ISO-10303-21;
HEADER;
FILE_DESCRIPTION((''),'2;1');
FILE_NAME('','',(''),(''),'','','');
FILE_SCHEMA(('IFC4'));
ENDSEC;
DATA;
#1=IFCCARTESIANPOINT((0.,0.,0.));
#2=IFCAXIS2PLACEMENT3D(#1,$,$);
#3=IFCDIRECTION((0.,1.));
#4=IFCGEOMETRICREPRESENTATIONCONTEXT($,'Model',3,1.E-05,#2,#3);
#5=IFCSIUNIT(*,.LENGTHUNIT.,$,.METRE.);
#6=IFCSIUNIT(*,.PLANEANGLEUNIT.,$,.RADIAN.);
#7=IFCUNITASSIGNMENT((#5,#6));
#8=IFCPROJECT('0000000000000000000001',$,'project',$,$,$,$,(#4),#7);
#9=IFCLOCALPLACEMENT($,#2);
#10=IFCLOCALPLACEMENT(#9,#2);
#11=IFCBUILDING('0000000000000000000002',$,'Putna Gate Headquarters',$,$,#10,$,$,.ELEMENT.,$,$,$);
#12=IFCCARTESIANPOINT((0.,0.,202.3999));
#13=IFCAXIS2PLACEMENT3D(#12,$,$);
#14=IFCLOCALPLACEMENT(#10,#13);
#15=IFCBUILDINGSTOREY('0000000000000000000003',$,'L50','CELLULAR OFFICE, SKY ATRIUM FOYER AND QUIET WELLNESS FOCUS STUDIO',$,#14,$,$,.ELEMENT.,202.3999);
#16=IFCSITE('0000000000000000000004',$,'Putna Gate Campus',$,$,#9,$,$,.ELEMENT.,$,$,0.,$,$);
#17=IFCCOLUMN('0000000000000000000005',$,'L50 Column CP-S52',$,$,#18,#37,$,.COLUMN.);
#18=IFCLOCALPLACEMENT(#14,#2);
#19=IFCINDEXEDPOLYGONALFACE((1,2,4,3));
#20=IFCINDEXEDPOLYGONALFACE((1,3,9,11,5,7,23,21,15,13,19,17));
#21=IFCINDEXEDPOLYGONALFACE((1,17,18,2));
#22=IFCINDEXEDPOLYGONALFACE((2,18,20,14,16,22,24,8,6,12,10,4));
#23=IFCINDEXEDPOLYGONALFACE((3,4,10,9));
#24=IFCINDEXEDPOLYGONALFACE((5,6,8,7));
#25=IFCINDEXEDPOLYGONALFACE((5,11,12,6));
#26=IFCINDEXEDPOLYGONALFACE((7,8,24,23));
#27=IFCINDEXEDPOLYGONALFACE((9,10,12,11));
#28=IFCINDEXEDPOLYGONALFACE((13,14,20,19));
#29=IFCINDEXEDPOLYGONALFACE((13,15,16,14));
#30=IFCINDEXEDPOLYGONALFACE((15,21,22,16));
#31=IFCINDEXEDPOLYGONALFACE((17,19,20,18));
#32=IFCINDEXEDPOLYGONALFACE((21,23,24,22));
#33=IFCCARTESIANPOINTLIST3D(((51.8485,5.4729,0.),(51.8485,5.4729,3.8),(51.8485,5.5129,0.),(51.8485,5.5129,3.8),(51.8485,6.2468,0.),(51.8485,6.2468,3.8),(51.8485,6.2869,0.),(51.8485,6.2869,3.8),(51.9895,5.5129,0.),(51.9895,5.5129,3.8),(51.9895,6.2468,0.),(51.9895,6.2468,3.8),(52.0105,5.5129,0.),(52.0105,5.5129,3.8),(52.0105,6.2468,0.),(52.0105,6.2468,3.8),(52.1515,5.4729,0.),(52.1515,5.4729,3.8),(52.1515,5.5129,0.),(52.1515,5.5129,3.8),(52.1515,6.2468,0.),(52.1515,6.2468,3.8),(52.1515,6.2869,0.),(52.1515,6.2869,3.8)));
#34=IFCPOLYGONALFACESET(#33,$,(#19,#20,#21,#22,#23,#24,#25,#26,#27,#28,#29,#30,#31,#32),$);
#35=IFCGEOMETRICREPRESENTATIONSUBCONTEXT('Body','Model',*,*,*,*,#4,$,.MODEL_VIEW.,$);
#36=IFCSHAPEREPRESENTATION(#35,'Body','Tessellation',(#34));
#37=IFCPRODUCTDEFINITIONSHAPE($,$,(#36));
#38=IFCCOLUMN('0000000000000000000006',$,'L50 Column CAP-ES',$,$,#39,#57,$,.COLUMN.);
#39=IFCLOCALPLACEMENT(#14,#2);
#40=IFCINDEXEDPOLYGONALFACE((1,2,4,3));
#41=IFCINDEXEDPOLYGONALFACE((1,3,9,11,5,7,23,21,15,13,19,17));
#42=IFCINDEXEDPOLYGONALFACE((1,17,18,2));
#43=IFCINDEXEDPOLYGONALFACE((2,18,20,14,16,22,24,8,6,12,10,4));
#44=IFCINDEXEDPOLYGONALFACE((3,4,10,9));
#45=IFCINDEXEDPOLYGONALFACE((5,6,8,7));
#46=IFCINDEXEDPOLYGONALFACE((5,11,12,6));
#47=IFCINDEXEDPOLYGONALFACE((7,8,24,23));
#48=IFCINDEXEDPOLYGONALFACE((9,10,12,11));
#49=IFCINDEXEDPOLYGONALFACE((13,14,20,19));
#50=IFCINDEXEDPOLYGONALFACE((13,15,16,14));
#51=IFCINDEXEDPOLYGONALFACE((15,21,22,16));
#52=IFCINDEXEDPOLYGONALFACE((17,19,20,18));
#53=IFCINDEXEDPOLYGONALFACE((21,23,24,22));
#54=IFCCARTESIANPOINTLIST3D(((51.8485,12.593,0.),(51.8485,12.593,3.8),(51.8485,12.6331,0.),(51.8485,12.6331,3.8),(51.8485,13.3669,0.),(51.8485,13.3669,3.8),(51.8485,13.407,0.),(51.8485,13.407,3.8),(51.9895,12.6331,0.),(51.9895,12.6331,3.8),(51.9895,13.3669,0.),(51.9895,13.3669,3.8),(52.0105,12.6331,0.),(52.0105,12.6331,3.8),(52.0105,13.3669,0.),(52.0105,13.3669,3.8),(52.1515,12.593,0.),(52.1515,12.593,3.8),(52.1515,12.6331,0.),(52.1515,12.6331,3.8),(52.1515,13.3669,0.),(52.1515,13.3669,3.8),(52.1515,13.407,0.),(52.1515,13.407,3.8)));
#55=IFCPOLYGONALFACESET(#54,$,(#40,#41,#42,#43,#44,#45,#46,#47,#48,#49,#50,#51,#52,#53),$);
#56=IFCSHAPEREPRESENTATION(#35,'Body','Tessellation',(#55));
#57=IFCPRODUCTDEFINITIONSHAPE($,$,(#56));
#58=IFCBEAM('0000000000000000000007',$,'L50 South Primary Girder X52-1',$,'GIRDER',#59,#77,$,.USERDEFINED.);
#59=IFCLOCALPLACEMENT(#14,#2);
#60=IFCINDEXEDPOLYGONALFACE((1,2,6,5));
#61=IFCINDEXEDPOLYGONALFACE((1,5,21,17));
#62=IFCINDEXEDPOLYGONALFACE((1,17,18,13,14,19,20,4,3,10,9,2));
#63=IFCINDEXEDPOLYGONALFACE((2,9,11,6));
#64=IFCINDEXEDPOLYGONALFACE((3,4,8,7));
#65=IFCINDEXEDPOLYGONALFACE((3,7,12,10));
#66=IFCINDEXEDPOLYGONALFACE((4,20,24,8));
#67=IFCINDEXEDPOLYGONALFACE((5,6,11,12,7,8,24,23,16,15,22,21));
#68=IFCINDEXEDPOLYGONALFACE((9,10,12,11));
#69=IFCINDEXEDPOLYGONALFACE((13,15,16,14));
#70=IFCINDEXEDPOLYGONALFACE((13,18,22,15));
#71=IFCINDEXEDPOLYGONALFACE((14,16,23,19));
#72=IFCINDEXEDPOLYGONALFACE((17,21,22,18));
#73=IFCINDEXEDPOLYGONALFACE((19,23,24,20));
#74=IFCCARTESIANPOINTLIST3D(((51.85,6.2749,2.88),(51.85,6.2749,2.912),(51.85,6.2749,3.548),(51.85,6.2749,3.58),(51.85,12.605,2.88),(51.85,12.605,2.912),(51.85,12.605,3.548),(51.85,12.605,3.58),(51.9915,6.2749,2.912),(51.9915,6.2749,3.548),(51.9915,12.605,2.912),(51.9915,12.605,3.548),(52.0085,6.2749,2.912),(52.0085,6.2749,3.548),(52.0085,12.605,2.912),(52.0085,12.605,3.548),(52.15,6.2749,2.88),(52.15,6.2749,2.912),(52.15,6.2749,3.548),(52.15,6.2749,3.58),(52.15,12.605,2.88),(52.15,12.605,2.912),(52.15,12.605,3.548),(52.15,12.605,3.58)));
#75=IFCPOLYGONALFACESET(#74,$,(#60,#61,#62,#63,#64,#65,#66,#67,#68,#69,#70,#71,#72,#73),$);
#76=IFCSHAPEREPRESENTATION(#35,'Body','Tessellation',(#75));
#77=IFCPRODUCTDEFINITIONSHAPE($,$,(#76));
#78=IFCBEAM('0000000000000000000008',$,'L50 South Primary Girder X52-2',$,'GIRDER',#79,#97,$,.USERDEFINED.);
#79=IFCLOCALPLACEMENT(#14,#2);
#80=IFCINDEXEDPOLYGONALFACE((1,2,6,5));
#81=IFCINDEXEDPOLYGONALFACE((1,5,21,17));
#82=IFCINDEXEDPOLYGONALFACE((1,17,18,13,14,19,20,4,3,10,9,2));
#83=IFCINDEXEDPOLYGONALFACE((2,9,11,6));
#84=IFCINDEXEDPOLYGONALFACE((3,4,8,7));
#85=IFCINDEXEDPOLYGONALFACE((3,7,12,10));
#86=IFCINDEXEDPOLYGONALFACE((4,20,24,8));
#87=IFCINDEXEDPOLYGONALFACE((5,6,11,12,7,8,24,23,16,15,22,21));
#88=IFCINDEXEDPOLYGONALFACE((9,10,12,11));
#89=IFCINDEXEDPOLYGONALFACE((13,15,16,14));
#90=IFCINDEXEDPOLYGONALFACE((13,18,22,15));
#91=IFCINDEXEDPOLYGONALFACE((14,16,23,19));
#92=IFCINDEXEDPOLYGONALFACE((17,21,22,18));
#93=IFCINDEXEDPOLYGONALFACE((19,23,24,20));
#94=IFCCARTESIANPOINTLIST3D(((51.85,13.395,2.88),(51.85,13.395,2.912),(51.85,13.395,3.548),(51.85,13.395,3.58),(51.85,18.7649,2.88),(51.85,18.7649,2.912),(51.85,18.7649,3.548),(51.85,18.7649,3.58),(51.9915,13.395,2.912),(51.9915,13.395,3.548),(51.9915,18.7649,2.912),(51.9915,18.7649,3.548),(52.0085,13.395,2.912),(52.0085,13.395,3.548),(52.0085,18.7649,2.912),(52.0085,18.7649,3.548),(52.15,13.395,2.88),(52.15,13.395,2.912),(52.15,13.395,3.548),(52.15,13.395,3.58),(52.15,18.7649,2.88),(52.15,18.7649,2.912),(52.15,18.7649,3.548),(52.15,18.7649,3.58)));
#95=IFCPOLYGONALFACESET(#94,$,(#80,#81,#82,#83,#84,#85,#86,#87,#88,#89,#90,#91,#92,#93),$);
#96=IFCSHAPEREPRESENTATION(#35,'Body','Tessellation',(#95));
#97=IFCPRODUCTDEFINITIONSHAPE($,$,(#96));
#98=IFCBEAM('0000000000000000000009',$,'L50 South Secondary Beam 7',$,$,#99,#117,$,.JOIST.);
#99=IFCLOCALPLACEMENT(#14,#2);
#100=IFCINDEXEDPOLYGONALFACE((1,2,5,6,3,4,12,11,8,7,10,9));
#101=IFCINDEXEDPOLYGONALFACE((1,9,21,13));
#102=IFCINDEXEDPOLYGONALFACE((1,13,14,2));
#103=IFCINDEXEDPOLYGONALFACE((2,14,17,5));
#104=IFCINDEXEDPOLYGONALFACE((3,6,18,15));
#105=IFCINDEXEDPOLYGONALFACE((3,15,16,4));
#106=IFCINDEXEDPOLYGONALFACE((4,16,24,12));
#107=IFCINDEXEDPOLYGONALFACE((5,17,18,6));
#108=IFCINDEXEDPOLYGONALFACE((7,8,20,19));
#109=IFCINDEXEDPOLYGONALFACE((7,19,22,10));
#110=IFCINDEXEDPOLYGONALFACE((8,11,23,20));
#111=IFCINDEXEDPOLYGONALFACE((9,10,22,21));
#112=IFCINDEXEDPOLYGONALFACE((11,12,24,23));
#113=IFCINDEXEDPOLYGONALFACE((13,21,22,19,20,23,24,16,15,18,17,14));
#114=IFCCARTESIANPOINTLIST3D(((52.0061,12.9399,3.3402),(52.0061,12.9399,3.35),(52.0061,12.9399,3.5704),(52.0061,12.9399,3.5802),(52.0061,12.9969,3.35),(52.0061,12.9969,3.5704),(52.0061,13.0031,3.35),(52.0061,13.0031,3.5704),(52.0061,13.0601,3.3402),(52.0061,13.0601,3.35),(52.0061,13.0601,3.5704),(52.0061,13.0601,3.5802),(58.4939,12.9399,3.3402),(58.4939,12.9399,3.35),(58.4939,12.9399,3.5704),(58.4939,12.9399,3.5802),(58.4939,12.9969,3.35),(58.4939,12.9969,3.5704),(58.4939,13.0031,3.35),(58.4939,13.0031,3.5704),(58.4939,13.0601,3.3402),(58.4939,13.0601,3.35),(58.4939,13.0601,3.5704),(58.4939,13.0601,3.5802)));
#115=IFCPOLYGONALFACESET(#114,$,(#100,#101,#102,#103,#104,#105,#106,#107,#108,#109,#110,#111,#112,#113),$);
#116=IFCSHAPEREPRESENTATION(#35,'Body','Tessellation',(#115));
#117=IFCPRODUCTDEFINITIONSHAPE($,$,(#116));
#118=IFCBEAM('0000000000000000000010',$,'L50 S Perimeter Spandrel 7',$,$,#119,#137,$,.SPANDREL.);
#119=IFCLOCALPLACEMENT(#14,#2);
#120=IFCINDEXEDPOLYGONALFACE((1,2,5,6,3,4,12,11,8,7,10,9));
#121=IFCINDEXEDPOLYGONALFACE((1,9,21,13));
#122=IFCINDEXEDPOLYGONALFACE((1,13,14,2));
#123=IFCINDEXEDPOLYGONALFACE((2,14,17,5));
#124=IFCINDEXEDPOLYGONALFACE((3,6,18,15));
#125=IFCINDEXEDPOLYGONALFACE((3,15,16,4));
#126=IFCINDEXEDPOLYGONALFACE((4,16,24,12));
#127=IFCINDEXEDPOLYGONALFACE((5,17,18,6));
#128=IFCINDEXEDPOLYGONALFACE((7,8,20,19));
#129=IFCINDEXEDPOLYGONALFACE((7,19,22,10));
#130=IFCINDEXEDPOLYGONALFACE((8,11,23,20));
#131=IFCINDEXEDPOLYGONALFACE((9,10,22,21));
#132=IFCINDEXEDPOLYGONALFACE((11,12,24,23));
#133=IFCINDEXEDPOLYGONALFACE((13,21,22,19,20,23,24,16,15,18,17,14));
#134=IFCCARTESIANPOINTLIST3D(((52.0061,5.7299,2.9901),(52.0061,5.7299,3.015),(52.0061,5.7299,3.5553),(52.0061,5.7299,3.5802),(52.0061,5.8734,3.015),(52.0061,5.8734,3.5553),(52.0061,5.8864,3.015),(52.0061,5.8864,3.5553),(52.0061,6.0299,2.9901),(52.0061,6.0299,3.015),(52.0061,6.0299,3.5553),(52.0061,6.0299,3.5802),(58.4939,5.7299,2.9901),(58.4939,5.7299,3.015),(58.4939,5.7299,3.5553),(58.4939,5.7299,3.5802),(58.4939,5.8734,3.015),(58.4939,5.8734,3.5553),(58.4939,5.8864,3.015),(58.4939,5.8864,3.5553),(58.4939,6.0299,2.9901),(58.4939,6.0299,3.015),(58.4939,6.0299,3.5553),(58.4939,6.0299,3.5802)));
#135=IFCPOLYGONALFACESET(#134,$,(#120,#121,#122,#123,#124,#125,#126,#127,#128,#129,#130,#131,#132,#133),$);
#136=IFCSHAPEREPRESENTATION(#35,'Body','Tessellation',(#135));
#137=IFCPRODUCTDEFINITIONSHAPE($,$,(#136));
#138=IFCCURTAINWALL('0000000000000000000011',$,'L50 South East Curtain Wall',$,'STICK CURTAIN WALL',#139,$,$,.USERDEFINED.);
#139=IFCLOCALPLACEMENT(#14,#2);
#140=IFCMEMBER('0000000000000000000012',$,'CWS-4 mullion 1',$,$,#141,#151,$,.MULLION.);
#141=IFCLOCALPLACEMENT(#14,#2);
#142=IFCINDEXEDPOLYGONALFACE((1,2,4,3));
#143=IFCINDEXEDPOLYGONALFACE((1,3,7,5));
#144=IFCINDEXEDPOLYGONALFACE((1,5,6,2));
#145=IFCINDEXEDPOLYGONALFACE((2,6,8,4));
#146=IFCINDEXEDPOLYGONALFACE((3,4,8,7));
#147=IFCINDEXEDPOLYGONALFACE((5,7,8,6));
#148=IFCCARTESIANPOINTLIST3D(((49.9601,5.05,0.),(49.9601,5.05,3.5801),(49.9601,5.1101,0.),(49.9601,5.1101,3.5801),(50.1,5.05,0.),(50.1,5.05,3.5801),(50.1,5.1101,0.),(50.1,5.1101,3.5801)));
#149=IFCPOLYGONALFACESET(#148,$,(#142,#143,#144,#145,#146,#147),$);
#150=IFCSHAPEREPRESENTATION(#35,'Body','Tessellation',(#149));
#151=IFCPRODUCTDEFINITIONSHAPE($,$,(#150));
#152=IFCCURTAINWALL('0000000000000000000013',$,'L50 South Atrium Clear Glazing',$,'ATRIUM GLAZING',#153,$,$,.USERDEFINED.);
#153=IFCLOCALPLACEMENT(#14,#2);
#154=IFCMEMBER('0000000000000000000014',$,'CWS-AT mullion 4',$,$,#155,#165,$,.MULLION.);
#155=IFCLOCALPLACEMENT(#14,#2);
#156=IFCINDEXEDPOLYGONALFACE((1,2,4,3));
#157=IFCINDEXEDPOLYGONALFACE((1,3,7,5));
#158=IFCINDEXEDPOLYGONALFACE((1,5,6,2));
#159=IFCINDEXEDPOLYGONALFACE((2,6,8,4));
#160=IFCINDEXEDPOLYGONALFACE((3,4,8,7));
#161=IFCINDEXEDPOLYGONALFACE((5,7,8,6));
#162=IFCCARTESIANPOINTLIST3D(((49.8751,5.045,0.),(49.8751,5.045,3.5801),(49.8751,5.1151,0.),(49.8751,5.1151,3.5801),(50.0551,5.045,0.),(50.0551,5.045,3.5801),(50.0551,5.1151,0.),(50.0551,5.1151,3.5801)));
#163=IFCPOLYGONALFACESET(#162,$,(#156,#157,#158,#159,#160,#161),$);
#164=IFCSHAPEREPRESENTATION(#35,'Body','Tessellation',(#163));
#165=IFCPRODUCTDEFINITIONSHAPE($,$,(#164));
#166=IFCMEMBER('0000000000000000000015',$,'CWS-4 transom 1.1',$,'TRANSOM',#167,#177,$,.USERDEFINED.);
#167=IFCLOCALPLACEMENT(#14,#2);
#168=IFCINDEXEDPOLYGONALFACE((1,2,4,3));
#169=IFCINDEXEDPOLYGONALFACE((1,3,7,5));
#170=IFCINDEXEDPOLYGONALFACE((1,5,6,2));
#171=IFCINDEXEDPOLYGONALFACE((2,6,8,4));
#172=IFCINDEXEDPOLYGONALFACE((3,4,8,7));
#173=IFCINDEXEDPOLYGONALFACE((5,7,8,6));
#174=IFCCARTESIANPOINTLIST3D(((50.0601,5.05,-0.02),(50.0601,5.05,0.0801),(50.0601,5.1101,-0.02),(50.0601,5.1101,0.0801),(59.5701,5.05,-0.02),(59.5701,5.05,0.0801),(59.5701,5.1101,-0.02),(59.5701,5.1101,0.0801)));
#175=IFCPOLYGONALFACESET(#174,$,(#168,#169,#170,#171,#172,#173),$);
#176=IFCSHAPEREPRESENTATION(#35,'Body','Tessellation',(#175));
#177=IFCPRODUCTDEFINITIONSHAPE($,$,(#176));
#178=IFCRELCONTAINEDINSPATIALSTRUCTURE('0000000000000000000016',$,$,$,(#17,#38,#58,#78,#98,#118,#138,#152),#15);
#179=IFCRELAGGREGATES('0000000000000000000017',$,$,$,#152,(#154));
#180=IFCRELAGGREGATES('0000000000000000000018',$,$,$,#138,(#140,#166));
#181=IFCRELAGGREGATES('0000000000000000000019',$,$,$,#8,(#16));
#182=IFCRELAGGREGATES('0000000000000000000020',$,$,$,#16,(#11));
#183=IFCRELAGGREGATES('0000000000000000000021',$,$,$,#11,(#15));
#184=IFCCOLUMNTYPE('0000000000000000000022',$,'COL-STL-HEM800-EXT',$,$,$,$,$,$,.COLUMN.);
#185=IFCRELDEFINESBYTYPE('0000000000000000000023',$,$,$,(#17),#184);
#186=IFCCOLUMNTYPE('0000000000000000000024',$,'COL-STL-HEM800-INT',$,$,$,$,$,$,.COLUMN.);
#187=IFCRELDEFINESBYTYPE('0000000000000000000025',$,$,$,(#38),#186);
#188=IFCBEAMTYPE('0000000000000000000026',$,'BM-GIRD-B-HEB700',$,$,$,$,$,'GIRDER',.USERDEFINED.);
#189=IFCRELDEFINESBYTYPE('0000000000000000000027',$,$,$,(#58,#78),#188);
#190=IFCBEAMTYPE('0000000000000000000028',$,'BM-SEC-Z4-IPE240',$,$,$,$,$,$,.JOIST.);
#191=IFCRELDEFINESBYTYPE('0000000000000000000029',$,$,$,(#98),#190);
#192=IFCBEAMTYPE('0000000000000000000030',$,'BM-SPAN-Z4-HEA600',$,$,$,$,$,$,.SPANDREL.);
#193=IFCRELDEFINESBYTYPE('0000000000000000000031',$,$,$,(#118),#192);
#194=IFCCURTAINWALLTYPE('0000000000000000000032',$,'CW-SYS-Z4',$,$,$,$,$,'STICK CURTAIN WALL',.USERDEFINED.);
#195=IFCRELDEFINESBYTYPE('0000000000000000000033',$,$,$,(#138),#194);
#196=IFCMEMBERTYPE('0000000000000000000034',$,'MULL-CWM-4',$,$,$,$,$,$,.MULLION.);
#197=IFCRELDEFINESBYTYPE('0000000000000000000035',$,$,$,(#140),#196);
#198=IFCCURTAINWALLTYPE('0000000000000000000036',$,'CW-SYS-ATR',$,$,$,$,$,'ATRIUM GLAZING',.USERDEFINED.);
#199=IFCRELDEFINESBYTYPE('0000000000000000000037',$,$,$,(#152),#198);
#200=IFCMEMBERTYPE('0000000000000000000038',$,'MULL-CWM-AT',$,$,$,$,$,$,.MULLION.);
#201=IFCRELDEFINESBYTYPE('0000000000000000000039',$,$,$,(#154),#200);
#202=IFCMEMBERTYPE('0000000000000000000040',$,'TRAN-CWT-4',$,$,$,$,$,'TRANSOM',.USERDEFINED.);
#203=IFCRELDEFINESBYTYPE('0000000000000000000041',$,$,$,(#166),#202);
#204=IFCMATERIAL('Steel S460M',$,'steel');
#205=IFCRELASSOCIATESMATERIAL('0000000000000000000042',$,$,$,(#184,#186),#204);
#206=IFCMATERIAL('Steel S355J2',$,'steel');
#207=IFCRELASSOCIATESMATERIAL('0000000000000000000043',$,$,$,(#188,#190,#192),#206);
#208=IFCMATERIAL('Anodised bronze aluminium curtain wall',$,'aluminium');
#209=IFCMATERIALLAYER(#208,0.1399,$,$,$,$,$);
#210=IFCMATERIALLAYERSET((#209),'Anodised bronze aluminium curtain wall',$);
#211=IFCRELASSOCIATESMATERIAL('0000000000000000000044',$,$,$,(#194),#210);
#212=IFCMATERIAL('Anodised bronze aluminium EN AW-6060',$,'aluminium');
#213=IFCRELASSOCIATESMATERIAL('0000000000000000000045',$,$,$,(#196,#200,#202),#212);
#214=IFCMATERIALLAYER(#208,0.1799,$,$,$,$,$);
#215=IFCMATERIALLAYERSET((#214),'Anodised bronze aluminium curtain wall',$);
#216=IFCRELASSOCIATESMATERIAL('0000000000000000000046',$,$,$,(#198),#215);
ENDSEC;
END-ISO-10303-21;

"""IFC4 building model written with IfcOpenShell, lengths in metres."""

from ifc_helpers import new_model, si_unit, direction, frame, origin, origin_2d, place, context, subcontext, project, spatial, rectangle, i_section, extrude, material, layer, layer_set, material_profile, profile_set, type_object, element, aggregate, save


model = new_model("IFC4")

# Units and contexts
model_context = context("Model", 3, precision=1e-05, world=origin(), true_north=direction((0.0, 1.0)))
body_context = subcontext(model_context, "Body", "Model", "MODEL_VIEW")
ifc_project = project(units=[si_unit("LENGTHUNIT", "METRE"), si_unit("PLANEANGLEUNIT", "RADIAN")], contexts=[model_context])

# Site, building, storey
site_placement = place(None, origin())
site = spatial("IfcSite", under=ifc_project, at=site_placement, Name="Putna Gate Campus", CompositionType="ELEMENT", RefElevation=0.0)
building_placement = place(site_placement, origin())
building = spatial("IfcBuilding", under=site, at=building_placement, Name="Putna Gate Headquarters", CompositionType="ELEMENT")
storey_placement = place(building_placement, frame((0.0, 0.0, 202.3999)))
storey = spatial("IfcBuildingStorey", under=building, at=storey_placement, Name="L50", Description="CELLULAR OFFICE, SKY ATRIUM FOYER AND QUIET WELLNESS FOCUS STUDIO", CompositionType="ELEMENT", Elevation=202.3999)

# Columns
ifc_material_1 = material(Name="Steel S460M", Category="steel")
ifc_material_profile_1 = material_profile(ifc_material_1, i_section(OverallWidth=0.303, OverallDepth=0.814, WebThickness=0.021, FlangeThickness=0.04, at=origin_2d()), Name="Steel S460M")
ifc_profile_set_1 = profile_set([ifc_material_profile_1], Name="Steel S460M")
column_type_1 = type_object("IfcColumnType", Name="COL-STL-HEM800-EXT", PredefinedType="COLUMN", material=ifc_profile_set_1)
column_1_placement = place(storey_placement, frame((52.0, 5.8799, 0.0), z_axis=(0.0, 0.0, 1.0), x_axis=(1.0, 0.0, 0.0)))
element("IfcColumn", 1, at=column_1_placement, inside=storey, type_object=column_type_1, Name="L50 Column CP-S52", PredefinedType="COLUMN", context=body_context, shape_type="SweptSolid", body=[
    extrude(i_section(OverallWidth=0.303, OverallDepth=0.814, WebThickness=0.021, FlangeThickness=0.04, at=origin_2d()), origin(), (0.0, 0.0, 1.0), 3.8),
])
ifc_material_profile_2 = material_profile(ifc_material_1, i_section(OverallWidth=0.303, OverallDepth=0.814, WebThickness=0.021, FlangeThickness=0.04, at=origin_2d()), Name="Steel S460M")
ifc_profile_set_2 = profile_set([ifc_material_profile_2], Name="Steel S460M")
column_type_2 = type_object("IfcColumnType", Name="COL-STL-HEM800-INT", PredefinedType="COLUMN", material=ifc_profile_set_2)
column_2_placement = place(storey_placement, frame((52.0, 13.0, 0.0), z_axis=(0.0, 0.0, 1.0), x_axis=(1.0, 0.0, 0.0)))
element("IfcColumn", 2, at=column_2_placement, inside=storey, type_object=column_type_2, Name="L50 Column CAP-ES", PredefinedType="COLUMN", context=body_context, shape_type="SweptSolid", body=[
    extrude(i_section(OverallWidth=0.303, OverallDepth=0.814, WebThickness=0.021, FlangeThickness=0.04, at=origin_2d()), origin(), (0.0, 0.0, 1.0), 3.8),
])

# Beams
ifc_material_2 = material(Name="Steel S355J2", Category="steel")
ifc_material_profile_3 = material_profile(ifc_material_2, i_section(OverallWidth=0.3, OverallDepth=0.7, WebThickness=0.0171, FlangeThickness=0.032, at=origin_2d()), Name="Steel S355J2")
ifc_profile_set_3 = profile_set([ifc_material_profile_3], Name="Steel S355J2")
beam_type_1 = type_object("IfcBeamType", Name="BM-GIRD-B-HEB700", ElementType="GIRDER", PredefinedType="USERDEFINED", material=ifc_profile_set_3)
beam_1_placement = place(storey_placement, frame((52.0, 6.2749, 3.23), z_axis=(0.0, 1.0, 0.0), x_axis=(-1.0, 0.0, 0.0)))
element("IfcBeam", 3, at=beam_1_placement, inside=storey, type_object=beam_type_1, Name="L50 South Primary Girder X52-1", ObjectType="GIRDER", PredefinedType="USERDEFINED", context=body_context, shape_type="SweptSolid", body=[
    extrude(i_section(OverallWidth=0.3, OverallDepth=0.7, WebThickness=0.0171, FlangeThickness=0.032, at=origin_2d()), origin(), (0.0, 0.0, 1.0), 6.3301),
])
beam_2_placement = place(storey_placement, frame((52.0, 13.395, 3.23), z_axis=(0.0, 1.0, 0.0), x_axis=(-1.0, 0.0, 0.0)))
element("IfcBeam", 4, at=beam_2_placement, inside=storey, type_object=beam_type_1, Name="L50 South Primary Girder X52-2", ObjectType="GIRDER", PredefinedType="USERDEFINED", context=body_context, shape_type="SweptSolid", body=[
    extrude(i_section(OverallWidth=0.3, OverallDepth=0.7, WebThickness=0.0171, FlangeThickness=0.032, at=origin_2d()), origin(), (0.0, 0.0, 1.0), 5.3699),
])
ifc_material_profile_4 = material_profile(ifc_material_2, i_section(OverallWidth=0.1201, OverallDepth=0.24, WebThickness=0.0061, FlangeThickness=0.0098, at=origin_2d()), Name="Steel S355J2")
ifc_profile_set_4 = profile_set([ifc_material_profile_4], Name="Steel S355J2")
beam_type_2 = type_object("IfcBeamType", Name="BM-SEC-Z4-IPE240", PredefinedType="JOIST", material=ifc_profile_set_4)
beam_3_placement = place(storey_placement, frame((52.0061, 13.0, 3.4602), z_axis=(1.0, 0.0, 0.0), x_axis=(0.0, 1.0, 0.0)))
element("IfcBeam", 5, at=beam_3_placement, inside=storey, type_object=beam_type_2, Name="L50 South Secondary Beam 7", PredefinedType="JOIST", context=body_context, shape_type="SweptSolid", body=[
    extrude(i_section(OverallWidth=0.1201, OverallDepth=0.24, WebThickness=0.0061, FlangeThickness=0.0098, at=origin_2d()), origin(), (0.0, 0.0, 1.0), 6.4878),
])
ifc_material_profile_5 = material_profile(ifc_material_2, i_section(OverallWidth=0.3, OverallDepth=0.5901, WebThickness=0.0129, FlangeThickness=0.0249, at=origin_2d()), Name="Steel S355J2")
ifc_profile_set_5 = profile_set([ifc_material_profile_5], Name="Steel S355J2")
beam_type_3 = type_object("IfcBeamType", Name="BM-SPAN-Z4-HEA600", PredefinedType="SPANDREL", material=ifc_profile_set_5)
beam_4_placement = place(storey_placement, frame((52.0061, 5.8799, 3.2852), z_axis=(1.0, 0.0, 0.0), x_axis=(0.0, 1.0, 0.0)))
element("IfcBeam", 6, at=beam_4_placement, inside=storey, type_object=beam_type_3, Name="L50 S Perimeter Spandrel 7", PredefinedType="SPANDREL", context=body_context, shape_type="SweptSolid", body=[
    extrude(i_section(OverallWidth=0.3, OverallDepth=0.5901, WebThickness=0.0129, FlangeThickness=0.0249, at=origin_2d()), origin(), (0.0, 0.0, 1.0), 6.4878),
])

# Curtain walls, members
ifc_material_3 = material(Name="Anodised bronze aluminium curtain wall", Category="aluminium")
ifc_layer_1 = layer(ifc_material_3, 0.1399)
ifc_layer_set_1 = layer_set([ifc_layer_1], Name="Anodised bronze aluminium curtain wall")
curtain_wall_type_1 = type_object("IfcCurtainWallType", Name="CW-SYS-Z4", ElementType="STICK CURTAIN WALL", PredefinedType="USERDEFINED", material=ifc_layer_set_1)
curtain_wall_1_placement = place(storey_placement, origin())
curtain_wall_1 = element("IfcCurtainWall", 7, at=curtain_wall_1_placement, inside=storey, type_object=curtain_wall_type_1, Name="L50 South East Curtain Wall", ObjectType="STICK CURTAIN WALL", PredefinedType="USERDEFINED")
ifc_material_4 = material(Name="Anodised bronze aluminium EN AW-6060", Category="aluminium")
ifc_material_profile_6 = material_profile(ifc_material_4, rectangle(XDim=0.0601, YDim=0.1399, at=origin_2d()), Name="Anodised bronze aluminium EN AW-6060")
ifc_profile_set_6 = profile_set([ifc_material_profile_6], Name="Anodised bronze aluminium EN AW-6060")
member_type_1 = type_object("IfcMemberType", Name="MULL-CWM-4", PredefinedType="MULLION", material=ifc_profile_set_6)
member_1_placement = place(storey_placement, frame((50.03, 5.0801, 0.0), z_axis=(0.0, 0.0, 1.0), x_axis=(0.0, 1.0, 0.0)))
member_1 = element("IfcMember", 8, at=member_1_placement, type_object=member_type_1, Name="CWS-4 mullion 1", PredefinedType="MULLION", context=body_context, shape_type="SweptSolid", body=[
    extrude(rectangle(XDim=0.0601, YDim=0.1399, at=origin_2d()), origin(), (0.0, 0.0, 1.0), 3.5801),
])
ifc_layer_2 = layer(ifc_material_3, 0.1799)
ifc_layer_set_2 = layer_set([ifc_layer_2], Name="Anodised bronze aluminium curtain wall")
curtain_wall_type_2 = type_object("IfcCurtainWallType", Name="CW-SYS-ATR", ElementType="ATRIUM GLAZING", PredefinedType="USERDEFINED", material=ifc_layer_set_2)
curtain_wall_2_placement = place(storey_placement, origin())
curtain_wall_2 = element("IfcCurtainWall", 9, at=curtain_wall_2_placement, inside=storey, type_object=curtain_wall_type_2, Name="L50 South Atrium Clear Glazing", ObjectType="ATRIUM GLAZING", PredefinedType="USERDEFINED")
ifc_material_profile_7 = material_profile(ifc_material_4, rectangle(XDim=0.0701, YDim=0.1799, at=origin_2d()), Name="Anodised bronze aluminium EN AW-6060")
ifc_profile_set_7 = profile_set([ifc_material_profile_7], Name="Anodised bronze aluminium EN AW-6060")
member_type_2 = type_object("IfcMemberType", Name="MULL-CWM-AT", PredefinedType="MULLION", material=ifc_profile_set_7)
member_2_placement = place(storey_placement, frame((49.9651, 5.0801, 0.0), z_axis=(0.0, 0.0, 1.0), x_axis=(0.0, 1.0, 0.0)))
member_2 = element("IfcMember", 10, at=member_2_placement, type_object=member_type_2, Name="CWS-AT mullion 4", PredefinedType="MULLION", context=body_context, shape_type="SweptSolid", body=[
    extrude(rectangle(XDim=0.0701, YDim=0.1799, at=origin_2d()), origin(), (0.0, 0.0, 1.0), 3.5801),
])
aggregate(curtain_wall_2, [member_2])

# Member
ifc_material_profile_8 = material_profile(ifc_material_4, rectangle(XDim=0.0601, YDim=0.1001, at=origin_2d()), Name="Anodised bronze aluminium EN AW-6060")
ifc_profile_set_8 = profile_set([ifc_material_profile_8], Name="Anodised bronze aluminium EN AW-6060")
member_type_3 = type_object("IfcMemberType", Name="TRAN-CWT-4", ElementType="TRANSOM", PredefinedType="USERDEFINED", material=ifc_profile_set_8)
member_3_placement = place(storey_placement, frame((50.0601, 5.0801, 0.03), z_axis=(1.0, 0.0, 0.0), x_axis=(0.0, 1.0, 0.0)))
member_3 = element("IfcMember", 11, at=member_3_placement, type_object=member_type_3, Name="CWS-4 transom 1.1", ObjectType="TRANSOM", PredefinedType="USERDEFINED", context=body_context, shape_type="SweptSolid", body=[
    extrude(rectangle(XDim=0.0601, YDim=0.1001, at=origin_2d()), origin(), (0.0, 0.0, 1.0), 9.51),
])

aggregate(curtain_wall_1, [member_1, member_3])

save(model, "model.ifc")
